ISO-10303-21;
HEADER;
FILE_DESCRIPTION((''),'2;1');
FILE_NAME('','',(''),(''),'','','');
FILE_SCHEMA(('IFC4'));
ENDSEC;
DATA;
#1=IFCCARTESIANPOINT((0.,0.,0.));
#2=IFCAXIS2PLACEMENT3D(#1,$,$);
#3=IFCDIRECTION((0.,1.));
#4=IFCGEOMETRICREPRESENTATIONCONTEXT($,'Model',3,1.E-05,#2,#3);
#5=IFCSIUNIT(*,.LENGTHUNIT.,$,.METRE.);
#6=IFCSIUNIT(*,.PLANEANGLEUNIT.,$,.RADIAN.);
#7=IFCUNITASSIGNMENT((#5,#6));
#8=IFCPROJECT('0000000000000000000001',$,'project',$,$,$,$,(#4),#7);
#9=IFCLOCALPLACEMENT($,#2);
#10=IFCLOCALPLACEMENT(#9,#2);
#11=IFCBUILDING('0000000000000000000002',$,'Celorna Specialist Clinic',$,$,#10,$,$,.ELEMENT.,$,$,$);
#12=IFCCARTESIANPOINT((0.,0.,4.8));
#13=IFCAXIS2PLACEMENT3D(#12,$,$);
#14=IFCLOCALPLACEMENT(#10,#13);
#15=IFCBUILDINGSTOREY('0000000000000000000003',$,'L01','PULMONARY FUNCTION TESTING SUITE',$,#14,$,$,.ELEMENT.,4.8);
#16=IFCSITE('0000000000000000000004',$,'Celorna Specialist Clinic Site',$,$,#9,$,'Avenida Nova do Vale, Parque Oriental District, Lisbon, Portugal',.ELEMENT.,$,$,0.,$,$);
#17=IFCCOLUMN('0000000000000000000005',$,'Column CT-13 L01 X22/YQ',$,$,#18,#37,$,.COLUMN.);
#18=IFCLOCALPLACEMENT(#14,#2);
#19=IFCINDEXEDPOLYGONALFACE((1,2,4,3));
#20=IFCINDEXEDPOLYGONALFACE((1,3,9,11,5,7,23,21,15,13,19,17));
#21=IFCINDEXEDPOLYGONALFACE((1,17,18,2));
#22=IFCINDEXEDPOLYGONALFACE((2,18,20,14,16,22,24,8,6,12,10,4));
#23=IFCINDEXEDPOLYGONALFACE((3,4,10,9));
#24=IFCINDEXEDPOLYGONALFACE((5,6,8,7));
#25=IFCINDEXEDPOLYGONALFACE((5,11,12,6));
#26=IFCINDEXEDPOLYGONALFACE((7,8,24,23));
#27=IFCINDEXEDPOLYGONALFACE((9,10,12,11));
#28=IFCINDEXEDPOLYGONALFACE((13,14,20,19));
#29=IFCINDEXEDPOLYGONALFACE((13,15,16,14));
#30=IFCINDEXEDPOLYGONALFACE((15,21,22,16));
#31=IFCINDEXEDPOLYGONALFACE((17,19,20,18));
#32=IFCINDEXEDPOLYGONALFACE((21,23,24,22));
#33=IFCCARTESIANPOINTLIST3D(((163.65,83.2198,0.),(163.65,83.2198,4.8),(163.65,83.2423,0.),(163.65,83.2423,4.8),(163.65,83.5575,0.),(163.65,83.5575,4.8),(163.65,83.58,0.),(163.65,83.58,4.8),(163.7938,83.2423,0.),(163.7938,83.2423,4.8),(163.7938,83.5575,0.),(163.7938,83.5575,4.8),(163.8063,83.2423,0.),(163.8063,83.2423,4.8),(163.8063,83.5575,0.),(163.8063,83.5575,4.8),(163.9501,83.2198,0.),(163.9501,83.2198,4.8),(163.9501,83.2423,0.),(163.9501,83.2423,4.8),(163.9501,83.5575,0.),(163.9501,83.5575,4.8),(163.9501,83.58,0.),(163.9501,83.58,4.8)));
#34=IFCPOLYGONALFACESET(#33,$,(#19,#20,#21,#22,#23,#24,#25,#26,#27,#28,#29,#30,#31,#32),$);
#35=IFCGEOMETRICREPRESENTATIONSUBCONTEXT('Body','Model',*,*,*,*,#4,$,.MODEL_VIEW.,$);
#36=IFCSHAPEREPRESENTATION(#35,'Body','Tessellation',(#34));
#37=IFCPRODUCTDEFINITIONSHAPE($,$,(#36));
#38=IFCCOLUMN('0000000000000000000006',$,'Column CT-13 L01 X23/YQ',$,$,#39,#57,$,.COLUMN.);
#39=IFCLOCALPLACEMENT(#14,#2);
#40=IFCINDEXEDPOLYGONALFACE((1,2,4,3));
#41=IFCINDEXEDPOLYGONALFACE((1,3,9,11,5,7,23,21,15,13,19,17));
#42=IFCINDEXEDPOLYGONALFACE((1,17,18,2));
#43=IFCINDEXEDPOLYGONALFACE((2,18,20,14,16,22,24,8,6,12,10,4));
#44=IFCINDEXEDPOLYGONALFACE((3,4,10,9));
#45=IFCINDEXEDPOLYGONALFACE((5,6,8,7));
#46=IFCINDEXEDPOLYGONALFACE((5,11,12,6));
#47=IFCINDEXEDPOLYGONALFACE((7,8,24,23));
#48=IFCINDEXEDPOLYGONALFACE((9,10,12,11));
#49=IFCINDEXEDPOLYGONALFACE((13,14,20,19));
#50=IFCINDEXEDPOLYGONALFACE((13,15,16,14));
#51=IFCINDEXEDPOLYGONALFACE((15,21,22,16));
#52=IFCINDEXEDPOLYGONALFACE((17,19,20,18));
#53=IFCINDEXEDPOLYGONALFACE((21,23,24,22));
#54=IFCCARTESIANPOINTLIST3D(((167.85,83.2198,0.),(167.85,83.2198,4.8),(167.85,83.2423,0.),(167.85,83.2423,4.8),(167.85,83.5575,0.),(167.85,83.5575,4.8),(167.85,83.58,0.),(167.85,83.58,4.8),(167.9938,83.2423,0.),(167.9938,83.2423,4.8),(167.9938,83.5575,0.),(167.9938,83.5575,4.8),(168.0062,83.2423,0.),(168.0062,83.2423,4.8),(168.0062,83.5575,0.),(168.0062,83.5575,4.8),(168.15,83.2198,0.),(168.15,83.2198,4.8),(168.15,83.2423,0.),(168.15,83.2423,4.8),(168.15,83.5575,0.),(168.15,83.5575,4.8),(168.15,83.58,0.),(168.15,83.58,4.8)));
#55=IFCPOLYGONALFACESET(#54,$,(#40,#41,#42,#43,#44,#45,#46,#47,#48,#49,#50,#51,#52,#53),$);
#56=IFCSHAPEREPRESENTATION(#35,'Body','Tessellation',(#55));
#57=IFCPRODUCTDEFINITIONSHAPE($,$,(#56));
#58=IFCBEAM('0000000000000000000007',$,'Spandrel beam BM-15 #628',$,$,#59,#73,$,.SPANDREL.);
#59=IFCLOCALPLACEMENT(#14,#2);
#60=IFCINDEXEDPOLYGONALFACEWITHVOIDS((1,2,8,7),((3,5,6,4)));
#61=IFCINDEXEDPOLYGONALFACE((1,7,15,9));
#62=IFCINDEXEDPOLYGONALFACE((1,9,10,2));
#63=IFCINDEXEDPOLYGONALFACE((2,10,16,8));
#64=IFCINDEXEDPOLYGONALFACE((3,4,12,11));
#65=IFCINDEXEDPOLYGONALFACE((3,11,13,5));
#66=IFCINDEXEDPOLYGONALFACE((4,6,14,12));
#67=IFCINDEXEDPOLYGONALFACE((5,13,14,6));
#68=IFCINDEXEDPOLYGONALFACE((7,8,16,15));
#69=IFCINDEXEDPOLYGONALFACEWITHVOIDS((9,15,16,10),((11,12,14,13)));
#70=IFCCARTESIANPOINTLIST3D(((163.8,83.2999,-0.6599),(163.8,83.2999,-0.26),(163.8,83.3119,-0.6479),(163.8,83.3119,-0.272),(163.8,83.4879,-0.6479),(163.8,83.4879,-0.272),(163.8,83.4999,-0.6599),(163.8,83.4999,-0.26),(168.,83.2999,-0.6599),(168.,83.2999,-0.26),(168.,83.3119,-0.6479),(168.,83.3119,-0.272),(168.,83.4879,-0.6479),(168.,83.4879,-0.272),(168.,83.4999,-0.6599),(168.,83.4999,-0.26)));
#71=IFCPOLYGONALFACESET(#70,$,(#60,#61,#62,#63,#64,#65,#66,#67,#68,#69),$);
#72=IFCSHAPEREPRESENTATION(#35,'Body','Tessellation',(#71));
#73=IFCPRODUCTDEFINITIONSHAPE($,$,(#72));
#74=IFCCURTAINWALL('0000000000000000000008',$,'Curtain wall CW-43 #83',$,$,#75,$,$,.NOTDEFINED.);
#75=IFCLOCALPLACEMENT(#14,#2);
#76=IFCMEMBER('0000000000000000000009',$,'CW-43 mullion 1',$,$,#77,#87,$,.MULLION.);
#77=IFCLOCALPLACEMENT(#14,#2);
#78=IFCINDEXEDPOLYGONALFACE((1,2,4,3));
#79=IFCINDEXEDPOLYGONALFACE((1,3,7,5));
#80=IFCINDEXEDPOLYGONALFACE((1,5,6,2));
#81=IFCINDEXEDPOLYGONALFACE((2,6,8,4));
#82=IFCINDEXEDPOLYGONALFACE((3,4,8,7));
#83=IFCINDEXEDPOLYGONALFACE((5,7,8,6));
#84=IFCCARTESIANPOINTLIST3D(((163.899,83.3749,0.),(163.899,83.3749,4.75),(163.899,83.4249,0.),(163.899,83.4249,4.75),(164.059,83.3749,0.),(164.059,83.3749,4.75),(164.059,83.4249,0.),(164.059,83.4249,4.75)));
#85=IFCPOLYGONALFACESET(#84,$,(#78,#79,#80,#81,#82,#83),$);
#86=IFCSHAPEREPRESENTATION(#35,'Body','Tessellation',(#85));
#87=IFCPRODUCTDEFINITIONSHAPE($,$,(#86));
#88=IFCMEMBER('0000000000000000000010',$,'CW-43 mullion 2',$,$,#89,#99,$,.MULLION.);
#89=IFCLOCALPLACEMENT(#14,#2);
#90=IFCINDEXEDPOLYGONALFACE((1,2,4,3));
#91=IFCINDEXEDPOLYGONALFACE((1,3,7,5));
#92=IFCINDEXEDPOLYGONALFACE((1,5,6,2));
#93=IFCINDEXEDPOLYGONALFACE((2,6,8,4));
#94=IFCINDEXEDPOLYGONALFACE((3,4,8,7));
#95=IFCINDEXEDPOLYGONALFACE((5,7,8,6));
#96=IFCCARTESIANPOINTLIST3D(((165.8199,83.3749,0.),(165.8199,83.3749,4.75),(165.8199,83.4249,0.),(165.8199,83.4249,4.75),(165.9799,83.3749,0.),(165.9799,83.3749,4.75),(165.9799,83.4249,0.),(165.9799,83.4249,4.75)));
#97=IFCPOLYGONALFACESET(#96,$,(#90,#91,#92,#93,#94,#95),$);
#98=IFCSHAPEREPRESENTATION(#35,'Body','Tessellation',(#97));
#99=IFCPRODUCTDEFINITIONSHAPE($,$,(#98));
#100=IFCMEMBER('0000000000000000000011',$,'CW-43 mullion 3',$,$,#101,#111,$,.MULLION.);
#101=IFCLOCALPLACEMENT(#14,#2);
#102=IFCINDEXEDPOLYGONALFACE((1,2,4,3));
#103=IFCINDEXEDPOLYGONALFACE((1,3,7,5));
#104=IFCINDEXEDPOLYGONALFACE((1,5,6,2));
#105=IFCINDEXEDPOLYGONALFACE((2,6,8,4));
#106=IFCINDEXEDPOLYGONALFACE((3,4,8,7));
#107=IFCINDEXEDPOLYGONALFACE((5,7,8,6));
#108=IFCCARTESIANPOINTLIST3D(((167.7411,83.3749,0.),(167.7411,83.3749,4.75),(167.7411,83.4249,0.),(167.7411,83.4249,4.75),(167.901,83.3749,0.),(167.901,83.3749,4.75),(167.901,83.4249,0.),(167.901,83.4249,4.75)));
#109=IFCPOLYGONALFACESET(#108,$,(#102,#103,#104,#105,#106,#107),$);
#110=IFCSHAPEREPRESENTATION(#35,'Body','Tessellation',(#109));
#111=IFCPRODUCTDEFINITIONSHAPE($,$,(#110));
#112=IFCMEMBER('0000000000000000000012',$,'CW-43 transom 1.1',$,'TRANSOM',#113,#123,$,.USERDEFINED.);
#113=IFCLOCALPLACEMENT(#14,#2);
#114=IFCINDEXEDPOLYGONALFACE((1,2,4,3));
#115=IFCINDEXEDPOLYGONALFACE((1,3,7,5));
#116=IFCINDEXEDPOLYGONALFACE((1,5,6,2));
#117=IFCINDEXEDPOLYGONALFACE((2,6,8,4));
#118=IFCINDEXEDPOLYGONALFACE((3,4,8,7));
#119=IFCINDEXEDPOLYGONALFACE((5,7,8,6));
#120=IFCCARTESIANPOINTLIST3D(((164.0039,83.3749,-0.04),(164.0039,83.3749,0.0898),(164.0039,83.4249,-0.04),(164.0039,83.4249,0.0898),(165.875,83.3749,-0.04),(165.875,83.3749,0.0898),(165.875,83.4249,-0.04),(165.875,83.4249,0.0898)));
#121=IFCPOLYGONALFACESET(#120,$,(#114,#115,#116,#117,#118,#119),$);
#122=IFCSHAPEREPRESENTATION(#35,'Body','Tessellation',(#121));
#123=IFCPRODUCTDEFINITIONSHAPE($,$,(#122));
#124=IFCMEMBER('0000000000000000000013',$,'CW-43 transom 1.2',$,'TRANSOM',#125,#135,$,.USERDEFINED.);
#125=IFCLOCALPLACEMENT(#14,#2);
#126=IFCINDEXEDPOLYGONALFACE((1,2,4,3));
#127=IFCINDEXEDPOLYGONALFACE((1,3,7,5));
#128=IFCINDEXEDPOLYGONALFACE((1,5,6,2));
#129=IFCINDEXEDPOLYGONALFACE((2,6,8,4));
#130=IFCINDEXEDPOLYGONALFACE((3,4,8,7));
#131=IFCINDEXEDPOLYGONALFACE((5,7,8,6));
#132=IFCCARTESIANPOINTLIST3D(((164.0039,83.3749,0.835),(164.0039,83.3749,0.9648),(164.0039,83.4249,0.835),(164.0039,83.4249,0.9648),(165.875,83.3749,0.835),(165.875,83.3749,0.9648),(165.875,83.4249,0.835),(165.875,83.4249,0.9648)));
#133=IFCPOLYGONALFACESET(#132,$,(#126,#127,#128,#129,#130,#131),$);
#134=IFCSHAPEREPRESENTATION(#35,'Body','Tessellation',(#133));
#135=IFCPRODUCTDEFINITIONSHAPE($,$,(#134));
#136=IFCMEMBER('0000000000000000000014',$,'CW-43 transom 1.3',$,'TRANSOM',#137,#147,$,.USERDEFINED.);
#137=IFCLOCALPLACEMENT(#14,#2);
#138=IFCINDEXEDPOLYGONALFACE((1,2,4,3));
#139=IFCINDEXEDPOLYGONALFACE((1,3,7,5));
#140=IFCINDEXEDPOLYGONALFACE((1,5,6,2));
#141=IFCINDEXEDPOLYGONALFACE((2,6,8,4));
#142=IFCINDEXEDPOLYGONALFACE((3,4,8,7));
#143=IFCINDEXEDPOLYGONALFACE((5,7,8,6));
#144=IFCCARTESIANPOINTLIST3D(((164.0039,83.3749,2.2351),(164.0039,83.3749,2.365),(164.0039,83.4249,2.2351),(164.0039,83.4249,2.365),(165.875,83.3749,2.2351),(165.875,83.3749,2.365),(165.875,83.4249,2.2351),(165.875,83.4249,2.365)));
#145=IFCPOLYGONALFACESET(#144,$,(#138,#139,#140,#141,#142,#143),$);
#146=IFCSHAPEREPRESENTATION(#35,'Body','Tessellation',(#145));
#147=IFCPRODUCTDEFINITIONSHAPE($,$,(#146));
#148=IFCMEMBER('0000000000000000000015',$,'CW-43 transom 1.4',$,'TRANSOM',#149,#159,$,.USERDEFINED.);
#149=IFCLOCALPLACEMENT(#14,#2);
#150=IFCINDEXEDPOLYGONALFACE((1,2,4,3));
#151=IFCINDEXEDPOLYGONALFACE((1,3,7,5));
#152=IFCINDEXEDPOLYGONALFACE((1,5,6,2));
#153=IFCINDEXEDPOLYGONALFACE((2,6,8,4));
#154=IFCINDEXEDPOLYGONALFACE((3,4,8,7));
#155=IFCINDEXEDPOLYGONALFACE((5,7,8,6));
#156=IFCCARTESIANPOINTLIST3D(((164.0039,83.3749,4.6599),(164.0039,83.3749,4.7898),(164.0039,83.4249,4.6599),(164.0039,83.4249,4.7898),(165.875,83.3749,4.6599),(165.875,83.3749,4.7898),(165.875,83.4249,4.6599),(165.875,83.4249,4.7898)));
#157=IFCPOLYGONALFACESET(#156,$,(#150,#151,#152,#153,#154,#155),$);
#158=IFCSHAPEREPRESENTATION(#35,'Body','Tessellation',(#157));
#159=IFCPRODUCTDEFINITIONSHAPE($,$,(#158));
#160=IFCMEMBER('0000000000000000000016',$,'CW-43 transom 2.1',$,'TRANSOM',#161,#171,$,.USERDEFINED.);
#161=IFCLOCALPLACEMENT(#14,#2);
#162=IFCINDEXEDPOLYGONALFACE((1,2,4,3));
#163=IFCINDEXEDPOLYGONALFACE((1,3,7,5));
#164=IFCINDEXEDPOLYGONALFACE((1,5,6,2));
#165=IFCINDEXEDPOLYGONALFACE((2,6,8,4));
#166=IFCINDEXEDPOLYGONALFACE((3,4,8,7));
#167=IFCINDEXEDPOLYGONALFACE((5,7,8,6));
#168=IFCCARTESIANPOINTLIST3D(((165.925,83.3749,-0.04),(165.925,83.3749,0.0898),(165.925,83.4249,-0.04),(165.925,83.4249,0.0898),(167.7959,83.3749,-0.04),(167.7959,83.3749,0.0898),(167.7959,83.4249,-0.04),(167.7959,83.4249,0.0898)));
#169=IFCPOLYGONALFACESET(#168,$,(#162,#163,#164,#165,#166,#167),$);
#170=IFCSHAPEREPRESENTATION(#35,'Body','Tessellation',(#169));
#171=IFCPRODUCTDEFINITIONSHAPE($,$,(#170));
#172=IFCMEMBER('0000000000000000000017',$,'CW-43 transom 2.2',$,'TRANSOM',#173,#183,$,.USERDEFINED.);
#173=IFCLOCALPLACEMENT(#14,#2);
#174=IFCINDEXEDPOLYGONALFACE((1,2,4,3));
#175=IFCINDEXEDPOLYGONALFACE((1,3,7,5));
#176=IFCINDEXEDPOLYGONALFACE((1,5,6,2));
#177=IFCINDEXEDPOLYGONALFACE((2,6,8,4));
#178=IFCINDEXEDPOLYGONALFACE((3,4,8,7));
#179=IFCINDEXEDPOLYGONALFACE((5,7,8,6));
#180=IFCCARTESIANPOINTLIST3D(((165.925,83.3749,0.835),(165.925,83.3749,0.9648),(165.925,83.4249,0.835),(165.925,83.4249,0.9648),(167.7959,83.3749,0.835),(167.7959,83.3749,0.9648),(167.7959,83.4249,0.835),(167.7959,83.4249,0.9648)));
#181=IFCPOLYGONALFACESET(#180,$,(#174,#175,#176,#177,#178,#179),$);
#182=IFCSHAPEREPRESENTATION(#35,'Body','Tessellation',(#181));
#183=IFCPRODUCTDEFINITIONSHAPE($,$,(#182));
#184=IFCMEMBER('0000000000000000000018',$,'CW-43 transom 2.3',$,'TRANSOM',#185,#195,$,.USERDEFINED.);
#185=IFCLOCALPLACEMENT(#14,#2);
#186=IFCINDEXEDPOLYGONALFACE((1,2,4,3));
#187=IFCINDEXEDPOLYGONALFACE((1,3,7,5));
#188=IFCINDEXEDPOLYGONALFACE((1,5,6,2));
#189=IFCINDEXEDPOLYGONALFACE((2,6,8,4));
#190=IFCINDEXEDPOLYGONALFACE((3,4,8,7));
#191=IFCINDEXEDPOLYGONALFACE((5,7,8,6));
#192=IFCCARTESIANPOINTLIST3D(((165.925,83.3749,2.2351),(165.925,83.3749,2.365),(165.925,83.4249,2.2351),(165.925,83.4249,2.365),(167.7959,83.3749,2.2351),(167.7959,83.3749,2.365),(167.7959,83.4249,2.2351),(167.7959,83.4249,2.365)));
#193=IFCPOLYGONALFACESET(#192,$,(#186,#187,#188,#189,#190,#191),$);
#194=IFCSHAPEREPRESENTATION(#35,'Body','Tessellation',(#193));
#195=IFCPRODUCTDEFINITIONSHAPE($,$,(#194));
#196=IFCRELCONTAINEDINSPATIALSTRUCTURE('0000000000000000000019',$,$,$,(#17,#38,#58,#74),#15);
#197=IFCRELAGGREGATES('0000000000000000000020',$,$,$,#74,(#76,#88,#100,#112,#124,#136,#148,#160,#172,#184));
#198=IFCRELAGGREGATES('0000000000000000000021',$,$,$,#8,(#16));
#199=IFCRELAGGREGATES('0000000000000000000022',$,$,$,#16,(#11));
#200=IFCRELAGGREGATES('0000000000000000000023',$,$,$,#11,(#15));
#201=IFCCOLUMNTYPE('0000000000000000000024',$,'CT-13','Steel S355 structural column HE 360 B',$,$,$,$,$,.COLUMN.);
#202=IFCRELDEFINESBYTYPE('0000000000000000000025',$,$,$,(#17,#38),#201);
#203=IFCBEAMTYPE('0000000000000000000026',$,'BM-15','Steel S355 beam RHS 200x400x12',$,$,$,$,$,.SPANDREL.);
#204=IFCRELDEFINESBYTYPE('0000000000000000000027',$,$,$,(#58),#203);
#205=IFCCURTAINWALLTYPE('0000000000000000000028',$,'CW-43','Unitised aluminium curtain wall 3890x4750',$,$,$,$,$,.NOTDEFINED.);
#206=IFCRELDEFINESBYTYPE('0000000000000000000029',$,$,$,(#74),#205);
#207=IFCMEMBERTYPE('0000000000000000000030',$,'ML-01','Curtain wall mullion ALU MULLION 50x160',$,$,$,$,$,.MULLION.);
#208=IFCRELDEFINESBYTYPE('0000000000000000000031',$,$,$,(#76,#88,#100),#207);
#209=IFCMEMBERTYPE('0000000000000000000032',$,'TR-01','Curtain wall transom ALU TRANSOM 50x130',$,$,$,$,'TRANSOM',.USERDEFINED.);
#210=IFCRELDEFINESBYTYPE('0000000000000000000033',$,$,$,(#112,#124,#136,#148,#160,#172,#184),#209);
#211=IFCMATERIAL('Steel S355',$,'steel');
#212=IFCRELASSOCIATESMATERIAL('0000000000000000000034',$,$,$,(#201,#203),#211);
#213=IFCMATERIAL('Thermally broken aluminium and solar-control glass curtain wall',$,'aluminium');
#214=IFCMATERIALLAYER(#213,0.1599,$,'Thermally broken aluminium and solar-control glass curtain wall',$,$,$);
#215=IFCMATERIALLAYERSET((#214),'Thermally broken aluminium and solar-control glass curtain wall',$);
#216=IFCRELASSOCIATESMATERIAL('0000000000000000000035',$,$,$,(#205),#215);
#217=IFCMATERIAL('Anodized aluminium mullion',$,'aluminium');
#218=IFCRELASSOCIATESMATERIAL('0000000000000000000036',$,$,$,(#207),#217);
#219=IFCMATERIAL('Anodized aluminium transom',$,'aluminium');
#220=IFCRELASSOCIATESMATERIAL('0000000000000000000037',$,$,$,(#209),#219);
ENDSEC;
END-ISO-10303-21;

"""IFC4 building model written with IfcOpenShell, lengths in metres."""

from ifc_helpers import new_model, si_unit, direction, frame, origin, origin_2d, place, context, subcontext, project, spatial, rectangle, hollow_rectangle, i_section, extrude, material, layer, layer_set, material_profile, profile_set, type_object, element, aggregate, save


model = new_model("IFC4")

# Units and contexts
model_context = context("Model", 3, precision=1e-05, world=origin(), true_north=direction((0.0, 1.0)))
body_context = subcontext(model_context, "Body", "Model", "MODEL_VIEW")
ifc_project = project(units=[si_unit("LENGTHUNIT", "METRE"), si_unit("PLANEANGLEUNIT", "RADIAN")], contexts=[model_context])

# Site, building, storey
site_placement = place(None, origin())
site = spatial("IfcSite", under=ifc_project, at=site_placement, Name="Celorna Specialist Clinic Site", LongName="Avenida Nova do Vale, Parque Oriental District, Lisbon, Portugal", CompositionType="ELEMENT", RefElevation=0.0)
building_placement = place(site_placement, origin())
building = spatial("IfcBuilding", under=site, at=building_placement, Name="Celorna Specialist Clinic", CompositionType="ELEMENT")
storey_placement = place(building_placement, frame((0.0, 0.0, 4.8)))
storey = spatial("IfcBuildingStorey", under=building, at=storey_placement, Name="L01", Description="PULMONARY FUNCTION TESTING SUITE", CompositionType="ELEMENT", Elevation=4.8)

# Columns
ifc_material_1 = material(Name="Steel S355", Category="steel")
ifc_material_profile_1 = material_profile(ifc_material_1, i_section(OverallWidth=0.3, OverallDepth=0.3601, WebThickness=0.0125, FlangeThickness=0.0225, at=origin_2d()), Name="HE 360 B")
ifc_profile_set_1 = profile_set([ifc_material_profile_1], Name="Steel S355")
column_type = type_object("IfcColumnType", Name="CT-13", Description="Steel S355 structural column HE 360 B", PredefinedType="COLUMN", material=ifc_profile_set_1)
for number, where, z_axis, x_axis, name in (
    (1, (163.8, 83.3999, 0.0), (0.0, 0.0, 1.0), (1.0, 0.0, 0.0), "Column CT-13 L01 X22/YQ"),
    (2, (168.0, 83.3999, 0.0), (0.0, 0.0, 1.0), (1.0, 0.0, 0.0), "Column CT-13 L01 X23/YQ"),
):
    element("IfcColumn", number, at=place(storey_placement, frame(where, z_axis=z_axis, x_axis=x_axis)), inside=storey, type_object=column_type, Name=name, PredefinedType="COLUMN", context=body_context, shape_type="SweptSolid", body=[
        extrude(i_section(OverallWidth=0.3, OverallDepth=0.3601, WebThickness=0.0125, FlangeThickness=0.0225, at=origin_2d()), origin(), (0.0, 0.0, 1.0), 4.8),
    ])

# Beam
ifc_material_profile_2 = material_profile(ifc_material_1, hollow_rectangle(XDim=0.2, YDim=0.3999, WallThickness=0.012, at=origin_2d()), Name="RHS 200x400x12")
ifc_profile_set_2 = profile_set([ifc_material_profile_2], Name="Steel S355")
beam_type = type_object("IfcBeamType", Name="BM-15", Description="Steel S355 beam RHS 200x400x12", PredefinedType="SPANDREL", material=ifc_profile_set_2)
beam_placement = place(storey_placement, frame((163.8, 83.3999, -0.46), z_axis=(1.0, 0.0, 0.0), x_axis=(0.0, 1.0, 0.0)))
element("IfcBeam", 3, at=beam_placement, inside=storey, type_object=beam_type, Name="Spandrel beam BM-15 #628", PredefinedType="SPANDREL", context=body_context, shape_type="SweptSolid", body=[
    extrude(hollow_rectangle(XDim=0.2, YDim=0.3999, WallThickness=0.012, at=origin_2d()), origin(), (0.0, 0.0, 1.0), 4.2),
])

# Curtain wall, members
ifc_material_2 = material(Name="Thermally broken aluminium and solar-control glass curtain wall", Category="aluminium")
ifc_layer_1 = layer(ifc_material_2, 0.1599, Name="Thermally broken aluminium and solar-control glass curtain wall")
ifc_layer_set_1 = layer_set([ifc_layer_1], Name="Thermally broken aluminium and solar-control glass curtain wall")
curtain_wall_type = type_object("IfcCurtainWallType", Name="CW-43", Description="Unitised aluminium curtain wall 3890x4750", PredefinedType="NOTDEFINED", material=ifc_layer_set_1)
curtain_wall_placement = place(storey_placement, origin())
curtain_wall = element("IfcCurtainWall", 4, at=curtain_wall_placement, inside=storey, type_object=curtain_wall_type, Name="Curtain wall CW-43 #83", PredefinedType="NOTDEFINED")
ifc_material_3 = material(Name="Anodized aluminium mullion", Category="aluminium")
ifc_material_profile_3 = material_profile(ifc_material_3, rectangle(XDim=0.05, YDim=0.1599, at=origin_2d()), Name="ALU MULLION 50x160")
ifc_profile_set_3 = profile_set([ifc_material_profile_3], Name="Anodized aluminium mullion")
member_type_1 = type_object("IfcMemberType", Name="ML-01", Description="Curtain wall mullion ALU MULLION 50x160", PredefinedType="MULLION", material=ifc_profile_set_3)
member_1_placement = place(storey_placement, frame((163.979, 83.3999, 0.0), z_axis=(0.0, 0.0, 1.0), x_axis=(0.0, 1.0, 0.0)))
member_1 = element("IfcMember", 5, at=member_1_placement, type_object=member_type_1, Name="CW-43 mullion 1", PredefinedType="MULLION", context=body_context, shape_type="SweptSolid", body=[
    extrude(rectangle(XDim=0.05, YDim=0.1599, at=origin_2d()), origin(), (0.0, 0.0, 1.0), 4.75),
])
member_2_placement = place(storey_placement, frame((165.8999, 83.3999, 0.0), z_axis=(0.0, 0.0, 1.0), x_axis=(0.0, 1.0, 0.0)))
member_2 = element("IfcMember", 6, at=member_2_placement, type_object=member_type_1, Name="CW-43 mullion 2", PredefinedType="MULLION", context=body_context, shape_type="SweptSolid", body=[
    extrude(rectangle(XDim=0.05, YDim=0.1599, at=origin_2d()), origin(), (0.0, 0.0, 1.0), 4.75),
])
member_3_placement = place(storey_placement, frame((167.821, 83.3999, 0.0), z_axis=(0.0, 0.0, 1.0), x_axis=(0.0, 1.0, 0.0)))
member_3 = element("IfcMember", 7, at=member_3_placement, type_object=member_type_1, Name="CW-43 mullion 3", PredefinedType="MULLION", context=body_context, shape_type="SweptSolid", body=[
    extrude(rectangle(XDim=0.05, YDim=0.1599, at=origin_2d()), origin(), (0.0, 0.0, 1.0), 4.75),
])
ifc_material_4 = material(Name="Anodized aluminium transom", Category="aluminium")
ifc_material_profile_4 = material_profile(ifc_material_4, rectangle(XDim=0.05, YDim=0.1299, at=origin_2d()), Name="ALU TRANSOM 50x130")
ifc_profile_set_4 = profile_set([ifc_material_profile_4], Name="Anodized aluminium transom")
member_type_2 = type_object("IfcMemberType", Name="TR-01", Description="Curtain wall transom ALU TRANSOM 50x130", ElementType="TRANSOM", PredefinedType="USERDEFINED", material=ifc_profile_set_4)
member_4_placement = place(storey_placement, frame((164.0039, 83.3999, 0.0249), z_axis=(1.0, 0.0, 0.0), x_axis=(0.0, 1.0, 0.0)))
member_4 = element("IfcMember", 8, at=member_4_placement, type_object=member_type_2, Name="CW-43 transom 1.1", ObjectType="TRANSOM", PredefinedType="USERDEFINED", context=body_context, shape_type="SweptSolid", body=[
    extrude(rectangle(XDim=0.05, YDim=0.1299, at=origin_2d()), origin(), (0.0, 0.0, 1.0), 1.8711),
])
member_5_placement = place(storey_placement, frame((164.0039, 83.3999, 0.8999), z_axis=(1.0, 0.0, 0.0), x_axis=(0.0, 1.0, 0.0)))
member_5 = element("IfcMember", 9, at=member_5_placement, type_object=member_type_2, Name="CW-43 transom 1.2", ObjectType="TRANSOM", PredefinedType="USERDEFINED", context=body_context, shape_type="SweptSolid", body=[
    extrude(rectangle(XDim=0.05, YDim=0.1299, at=origin_2d()), origin(), (0.0, 0.0, 1.0), 1.8711),
])
member_6_placement = place(storey_placement, frame((164.0039, 83.3999, 2.3), z_axis=(1.0, 0.0, 0.0), x_axis=(0.0, 1.0, 0.0)))
member_6 = element("IfcMember", 10, at=member_6_placement, type_object=member_type_2, Name="CW-43 transom 1.3", ObjectType="TRANSOM", PredefinedType="USERDEFINED", context=body_context, shape_type="SweptSolid", body=[
    extrude(rectangle(XDim=0.05, YDim=0.1299, at=origin_2d()), origin(), (0.0, 0.0, 1.0), 1.8711),
])
member_7_placement = place(storey_placement, frame((164.0039, 83.3999, 4.7249), z_axis=(1.0, 0.0, 0.0), x_axis=(0.0, 1.0, 0.0)))
member_7 = element("IfcMember", 11, at=member_7_placement, type_object=member_type_2, Name="CW-43 transom 1.4", ObjectType="TRANSOM", PredefinedType="USERDEFINED", context=body_context, shape_type="SweptSolid", body=[
    extrude(rectangle(XDim=0.05, YDim=0.1299, at=origin_2d()), origin(), (0.0, 0.0, 1.0), 1.8711),
])
member_8_placement = place(storey_placement, frame((165.925, 83.3999, 0.0249), z_axis=(1.0, 0.0, 0.0), x_axis=(0.0, 1.0, 0.0)))
member_8 = element("IfcMember", 12, at=member_8_placement, type_object=member_type_2, Name="CW-43 transom 2.1", ObjectType="TRANSOM", PredefinedType="USERDEFINED", context=body_context, shape_type="SweptSolid", body=[
    extrude(rectangle(XDim=0.05, YDim=0.1299, at=origin_2d()), origin(), (0.0, 0.0, 1.0), 1.8708),
])
member_9_placement = place(storey_placement, frame((165.925, 83.3999, 0.8999), z_axis=(1.0, 0.0, 0.0), x_axis=(0.0, 1.0, 0.0)))
member_9 = element("IfcMember", 13, at=member_9_placement, type_object=member_type_2, Name="CW-43 transom 2.2", ObjectType="TRANSOM", PredefinedType="USERDEFINED", context=body_context, shape_type="SweptSolid", body=[
    extrude(rectangle(XDim=0.05, YDim=0.1299, at=origin_2d()), origin(), (0.0, 0.0, 1.0), 1.8708),
])
member_10_placement = place(storey_placement, frame((165.925, 83.3999, 2.3), z_axis=(1.0, 0.0, 0.0), x_axis=(0.0, 1.0, 0.0)))
member_10 = element("IfcMember", 14, at=member_10_placement, type_object=member_type_2, Name="CW-43 transom 2.3", ObjectType="TRANSOM", PredefinedType="USERDEFINED", context=body_context, shape_type="SweptSolid", body=[
    extrude(rectangle(XDim=0.05, YDim=0.1299, at=origin_2d()), origin(), (0.0, 0.0, 1.0), 1.8708),
])
aggregate(curtain_wall, [member_1, member_2, member_3, member_4, member_5, member_6, member_7, member_8, member_9, member_10])

save(model, "model.ifc")
